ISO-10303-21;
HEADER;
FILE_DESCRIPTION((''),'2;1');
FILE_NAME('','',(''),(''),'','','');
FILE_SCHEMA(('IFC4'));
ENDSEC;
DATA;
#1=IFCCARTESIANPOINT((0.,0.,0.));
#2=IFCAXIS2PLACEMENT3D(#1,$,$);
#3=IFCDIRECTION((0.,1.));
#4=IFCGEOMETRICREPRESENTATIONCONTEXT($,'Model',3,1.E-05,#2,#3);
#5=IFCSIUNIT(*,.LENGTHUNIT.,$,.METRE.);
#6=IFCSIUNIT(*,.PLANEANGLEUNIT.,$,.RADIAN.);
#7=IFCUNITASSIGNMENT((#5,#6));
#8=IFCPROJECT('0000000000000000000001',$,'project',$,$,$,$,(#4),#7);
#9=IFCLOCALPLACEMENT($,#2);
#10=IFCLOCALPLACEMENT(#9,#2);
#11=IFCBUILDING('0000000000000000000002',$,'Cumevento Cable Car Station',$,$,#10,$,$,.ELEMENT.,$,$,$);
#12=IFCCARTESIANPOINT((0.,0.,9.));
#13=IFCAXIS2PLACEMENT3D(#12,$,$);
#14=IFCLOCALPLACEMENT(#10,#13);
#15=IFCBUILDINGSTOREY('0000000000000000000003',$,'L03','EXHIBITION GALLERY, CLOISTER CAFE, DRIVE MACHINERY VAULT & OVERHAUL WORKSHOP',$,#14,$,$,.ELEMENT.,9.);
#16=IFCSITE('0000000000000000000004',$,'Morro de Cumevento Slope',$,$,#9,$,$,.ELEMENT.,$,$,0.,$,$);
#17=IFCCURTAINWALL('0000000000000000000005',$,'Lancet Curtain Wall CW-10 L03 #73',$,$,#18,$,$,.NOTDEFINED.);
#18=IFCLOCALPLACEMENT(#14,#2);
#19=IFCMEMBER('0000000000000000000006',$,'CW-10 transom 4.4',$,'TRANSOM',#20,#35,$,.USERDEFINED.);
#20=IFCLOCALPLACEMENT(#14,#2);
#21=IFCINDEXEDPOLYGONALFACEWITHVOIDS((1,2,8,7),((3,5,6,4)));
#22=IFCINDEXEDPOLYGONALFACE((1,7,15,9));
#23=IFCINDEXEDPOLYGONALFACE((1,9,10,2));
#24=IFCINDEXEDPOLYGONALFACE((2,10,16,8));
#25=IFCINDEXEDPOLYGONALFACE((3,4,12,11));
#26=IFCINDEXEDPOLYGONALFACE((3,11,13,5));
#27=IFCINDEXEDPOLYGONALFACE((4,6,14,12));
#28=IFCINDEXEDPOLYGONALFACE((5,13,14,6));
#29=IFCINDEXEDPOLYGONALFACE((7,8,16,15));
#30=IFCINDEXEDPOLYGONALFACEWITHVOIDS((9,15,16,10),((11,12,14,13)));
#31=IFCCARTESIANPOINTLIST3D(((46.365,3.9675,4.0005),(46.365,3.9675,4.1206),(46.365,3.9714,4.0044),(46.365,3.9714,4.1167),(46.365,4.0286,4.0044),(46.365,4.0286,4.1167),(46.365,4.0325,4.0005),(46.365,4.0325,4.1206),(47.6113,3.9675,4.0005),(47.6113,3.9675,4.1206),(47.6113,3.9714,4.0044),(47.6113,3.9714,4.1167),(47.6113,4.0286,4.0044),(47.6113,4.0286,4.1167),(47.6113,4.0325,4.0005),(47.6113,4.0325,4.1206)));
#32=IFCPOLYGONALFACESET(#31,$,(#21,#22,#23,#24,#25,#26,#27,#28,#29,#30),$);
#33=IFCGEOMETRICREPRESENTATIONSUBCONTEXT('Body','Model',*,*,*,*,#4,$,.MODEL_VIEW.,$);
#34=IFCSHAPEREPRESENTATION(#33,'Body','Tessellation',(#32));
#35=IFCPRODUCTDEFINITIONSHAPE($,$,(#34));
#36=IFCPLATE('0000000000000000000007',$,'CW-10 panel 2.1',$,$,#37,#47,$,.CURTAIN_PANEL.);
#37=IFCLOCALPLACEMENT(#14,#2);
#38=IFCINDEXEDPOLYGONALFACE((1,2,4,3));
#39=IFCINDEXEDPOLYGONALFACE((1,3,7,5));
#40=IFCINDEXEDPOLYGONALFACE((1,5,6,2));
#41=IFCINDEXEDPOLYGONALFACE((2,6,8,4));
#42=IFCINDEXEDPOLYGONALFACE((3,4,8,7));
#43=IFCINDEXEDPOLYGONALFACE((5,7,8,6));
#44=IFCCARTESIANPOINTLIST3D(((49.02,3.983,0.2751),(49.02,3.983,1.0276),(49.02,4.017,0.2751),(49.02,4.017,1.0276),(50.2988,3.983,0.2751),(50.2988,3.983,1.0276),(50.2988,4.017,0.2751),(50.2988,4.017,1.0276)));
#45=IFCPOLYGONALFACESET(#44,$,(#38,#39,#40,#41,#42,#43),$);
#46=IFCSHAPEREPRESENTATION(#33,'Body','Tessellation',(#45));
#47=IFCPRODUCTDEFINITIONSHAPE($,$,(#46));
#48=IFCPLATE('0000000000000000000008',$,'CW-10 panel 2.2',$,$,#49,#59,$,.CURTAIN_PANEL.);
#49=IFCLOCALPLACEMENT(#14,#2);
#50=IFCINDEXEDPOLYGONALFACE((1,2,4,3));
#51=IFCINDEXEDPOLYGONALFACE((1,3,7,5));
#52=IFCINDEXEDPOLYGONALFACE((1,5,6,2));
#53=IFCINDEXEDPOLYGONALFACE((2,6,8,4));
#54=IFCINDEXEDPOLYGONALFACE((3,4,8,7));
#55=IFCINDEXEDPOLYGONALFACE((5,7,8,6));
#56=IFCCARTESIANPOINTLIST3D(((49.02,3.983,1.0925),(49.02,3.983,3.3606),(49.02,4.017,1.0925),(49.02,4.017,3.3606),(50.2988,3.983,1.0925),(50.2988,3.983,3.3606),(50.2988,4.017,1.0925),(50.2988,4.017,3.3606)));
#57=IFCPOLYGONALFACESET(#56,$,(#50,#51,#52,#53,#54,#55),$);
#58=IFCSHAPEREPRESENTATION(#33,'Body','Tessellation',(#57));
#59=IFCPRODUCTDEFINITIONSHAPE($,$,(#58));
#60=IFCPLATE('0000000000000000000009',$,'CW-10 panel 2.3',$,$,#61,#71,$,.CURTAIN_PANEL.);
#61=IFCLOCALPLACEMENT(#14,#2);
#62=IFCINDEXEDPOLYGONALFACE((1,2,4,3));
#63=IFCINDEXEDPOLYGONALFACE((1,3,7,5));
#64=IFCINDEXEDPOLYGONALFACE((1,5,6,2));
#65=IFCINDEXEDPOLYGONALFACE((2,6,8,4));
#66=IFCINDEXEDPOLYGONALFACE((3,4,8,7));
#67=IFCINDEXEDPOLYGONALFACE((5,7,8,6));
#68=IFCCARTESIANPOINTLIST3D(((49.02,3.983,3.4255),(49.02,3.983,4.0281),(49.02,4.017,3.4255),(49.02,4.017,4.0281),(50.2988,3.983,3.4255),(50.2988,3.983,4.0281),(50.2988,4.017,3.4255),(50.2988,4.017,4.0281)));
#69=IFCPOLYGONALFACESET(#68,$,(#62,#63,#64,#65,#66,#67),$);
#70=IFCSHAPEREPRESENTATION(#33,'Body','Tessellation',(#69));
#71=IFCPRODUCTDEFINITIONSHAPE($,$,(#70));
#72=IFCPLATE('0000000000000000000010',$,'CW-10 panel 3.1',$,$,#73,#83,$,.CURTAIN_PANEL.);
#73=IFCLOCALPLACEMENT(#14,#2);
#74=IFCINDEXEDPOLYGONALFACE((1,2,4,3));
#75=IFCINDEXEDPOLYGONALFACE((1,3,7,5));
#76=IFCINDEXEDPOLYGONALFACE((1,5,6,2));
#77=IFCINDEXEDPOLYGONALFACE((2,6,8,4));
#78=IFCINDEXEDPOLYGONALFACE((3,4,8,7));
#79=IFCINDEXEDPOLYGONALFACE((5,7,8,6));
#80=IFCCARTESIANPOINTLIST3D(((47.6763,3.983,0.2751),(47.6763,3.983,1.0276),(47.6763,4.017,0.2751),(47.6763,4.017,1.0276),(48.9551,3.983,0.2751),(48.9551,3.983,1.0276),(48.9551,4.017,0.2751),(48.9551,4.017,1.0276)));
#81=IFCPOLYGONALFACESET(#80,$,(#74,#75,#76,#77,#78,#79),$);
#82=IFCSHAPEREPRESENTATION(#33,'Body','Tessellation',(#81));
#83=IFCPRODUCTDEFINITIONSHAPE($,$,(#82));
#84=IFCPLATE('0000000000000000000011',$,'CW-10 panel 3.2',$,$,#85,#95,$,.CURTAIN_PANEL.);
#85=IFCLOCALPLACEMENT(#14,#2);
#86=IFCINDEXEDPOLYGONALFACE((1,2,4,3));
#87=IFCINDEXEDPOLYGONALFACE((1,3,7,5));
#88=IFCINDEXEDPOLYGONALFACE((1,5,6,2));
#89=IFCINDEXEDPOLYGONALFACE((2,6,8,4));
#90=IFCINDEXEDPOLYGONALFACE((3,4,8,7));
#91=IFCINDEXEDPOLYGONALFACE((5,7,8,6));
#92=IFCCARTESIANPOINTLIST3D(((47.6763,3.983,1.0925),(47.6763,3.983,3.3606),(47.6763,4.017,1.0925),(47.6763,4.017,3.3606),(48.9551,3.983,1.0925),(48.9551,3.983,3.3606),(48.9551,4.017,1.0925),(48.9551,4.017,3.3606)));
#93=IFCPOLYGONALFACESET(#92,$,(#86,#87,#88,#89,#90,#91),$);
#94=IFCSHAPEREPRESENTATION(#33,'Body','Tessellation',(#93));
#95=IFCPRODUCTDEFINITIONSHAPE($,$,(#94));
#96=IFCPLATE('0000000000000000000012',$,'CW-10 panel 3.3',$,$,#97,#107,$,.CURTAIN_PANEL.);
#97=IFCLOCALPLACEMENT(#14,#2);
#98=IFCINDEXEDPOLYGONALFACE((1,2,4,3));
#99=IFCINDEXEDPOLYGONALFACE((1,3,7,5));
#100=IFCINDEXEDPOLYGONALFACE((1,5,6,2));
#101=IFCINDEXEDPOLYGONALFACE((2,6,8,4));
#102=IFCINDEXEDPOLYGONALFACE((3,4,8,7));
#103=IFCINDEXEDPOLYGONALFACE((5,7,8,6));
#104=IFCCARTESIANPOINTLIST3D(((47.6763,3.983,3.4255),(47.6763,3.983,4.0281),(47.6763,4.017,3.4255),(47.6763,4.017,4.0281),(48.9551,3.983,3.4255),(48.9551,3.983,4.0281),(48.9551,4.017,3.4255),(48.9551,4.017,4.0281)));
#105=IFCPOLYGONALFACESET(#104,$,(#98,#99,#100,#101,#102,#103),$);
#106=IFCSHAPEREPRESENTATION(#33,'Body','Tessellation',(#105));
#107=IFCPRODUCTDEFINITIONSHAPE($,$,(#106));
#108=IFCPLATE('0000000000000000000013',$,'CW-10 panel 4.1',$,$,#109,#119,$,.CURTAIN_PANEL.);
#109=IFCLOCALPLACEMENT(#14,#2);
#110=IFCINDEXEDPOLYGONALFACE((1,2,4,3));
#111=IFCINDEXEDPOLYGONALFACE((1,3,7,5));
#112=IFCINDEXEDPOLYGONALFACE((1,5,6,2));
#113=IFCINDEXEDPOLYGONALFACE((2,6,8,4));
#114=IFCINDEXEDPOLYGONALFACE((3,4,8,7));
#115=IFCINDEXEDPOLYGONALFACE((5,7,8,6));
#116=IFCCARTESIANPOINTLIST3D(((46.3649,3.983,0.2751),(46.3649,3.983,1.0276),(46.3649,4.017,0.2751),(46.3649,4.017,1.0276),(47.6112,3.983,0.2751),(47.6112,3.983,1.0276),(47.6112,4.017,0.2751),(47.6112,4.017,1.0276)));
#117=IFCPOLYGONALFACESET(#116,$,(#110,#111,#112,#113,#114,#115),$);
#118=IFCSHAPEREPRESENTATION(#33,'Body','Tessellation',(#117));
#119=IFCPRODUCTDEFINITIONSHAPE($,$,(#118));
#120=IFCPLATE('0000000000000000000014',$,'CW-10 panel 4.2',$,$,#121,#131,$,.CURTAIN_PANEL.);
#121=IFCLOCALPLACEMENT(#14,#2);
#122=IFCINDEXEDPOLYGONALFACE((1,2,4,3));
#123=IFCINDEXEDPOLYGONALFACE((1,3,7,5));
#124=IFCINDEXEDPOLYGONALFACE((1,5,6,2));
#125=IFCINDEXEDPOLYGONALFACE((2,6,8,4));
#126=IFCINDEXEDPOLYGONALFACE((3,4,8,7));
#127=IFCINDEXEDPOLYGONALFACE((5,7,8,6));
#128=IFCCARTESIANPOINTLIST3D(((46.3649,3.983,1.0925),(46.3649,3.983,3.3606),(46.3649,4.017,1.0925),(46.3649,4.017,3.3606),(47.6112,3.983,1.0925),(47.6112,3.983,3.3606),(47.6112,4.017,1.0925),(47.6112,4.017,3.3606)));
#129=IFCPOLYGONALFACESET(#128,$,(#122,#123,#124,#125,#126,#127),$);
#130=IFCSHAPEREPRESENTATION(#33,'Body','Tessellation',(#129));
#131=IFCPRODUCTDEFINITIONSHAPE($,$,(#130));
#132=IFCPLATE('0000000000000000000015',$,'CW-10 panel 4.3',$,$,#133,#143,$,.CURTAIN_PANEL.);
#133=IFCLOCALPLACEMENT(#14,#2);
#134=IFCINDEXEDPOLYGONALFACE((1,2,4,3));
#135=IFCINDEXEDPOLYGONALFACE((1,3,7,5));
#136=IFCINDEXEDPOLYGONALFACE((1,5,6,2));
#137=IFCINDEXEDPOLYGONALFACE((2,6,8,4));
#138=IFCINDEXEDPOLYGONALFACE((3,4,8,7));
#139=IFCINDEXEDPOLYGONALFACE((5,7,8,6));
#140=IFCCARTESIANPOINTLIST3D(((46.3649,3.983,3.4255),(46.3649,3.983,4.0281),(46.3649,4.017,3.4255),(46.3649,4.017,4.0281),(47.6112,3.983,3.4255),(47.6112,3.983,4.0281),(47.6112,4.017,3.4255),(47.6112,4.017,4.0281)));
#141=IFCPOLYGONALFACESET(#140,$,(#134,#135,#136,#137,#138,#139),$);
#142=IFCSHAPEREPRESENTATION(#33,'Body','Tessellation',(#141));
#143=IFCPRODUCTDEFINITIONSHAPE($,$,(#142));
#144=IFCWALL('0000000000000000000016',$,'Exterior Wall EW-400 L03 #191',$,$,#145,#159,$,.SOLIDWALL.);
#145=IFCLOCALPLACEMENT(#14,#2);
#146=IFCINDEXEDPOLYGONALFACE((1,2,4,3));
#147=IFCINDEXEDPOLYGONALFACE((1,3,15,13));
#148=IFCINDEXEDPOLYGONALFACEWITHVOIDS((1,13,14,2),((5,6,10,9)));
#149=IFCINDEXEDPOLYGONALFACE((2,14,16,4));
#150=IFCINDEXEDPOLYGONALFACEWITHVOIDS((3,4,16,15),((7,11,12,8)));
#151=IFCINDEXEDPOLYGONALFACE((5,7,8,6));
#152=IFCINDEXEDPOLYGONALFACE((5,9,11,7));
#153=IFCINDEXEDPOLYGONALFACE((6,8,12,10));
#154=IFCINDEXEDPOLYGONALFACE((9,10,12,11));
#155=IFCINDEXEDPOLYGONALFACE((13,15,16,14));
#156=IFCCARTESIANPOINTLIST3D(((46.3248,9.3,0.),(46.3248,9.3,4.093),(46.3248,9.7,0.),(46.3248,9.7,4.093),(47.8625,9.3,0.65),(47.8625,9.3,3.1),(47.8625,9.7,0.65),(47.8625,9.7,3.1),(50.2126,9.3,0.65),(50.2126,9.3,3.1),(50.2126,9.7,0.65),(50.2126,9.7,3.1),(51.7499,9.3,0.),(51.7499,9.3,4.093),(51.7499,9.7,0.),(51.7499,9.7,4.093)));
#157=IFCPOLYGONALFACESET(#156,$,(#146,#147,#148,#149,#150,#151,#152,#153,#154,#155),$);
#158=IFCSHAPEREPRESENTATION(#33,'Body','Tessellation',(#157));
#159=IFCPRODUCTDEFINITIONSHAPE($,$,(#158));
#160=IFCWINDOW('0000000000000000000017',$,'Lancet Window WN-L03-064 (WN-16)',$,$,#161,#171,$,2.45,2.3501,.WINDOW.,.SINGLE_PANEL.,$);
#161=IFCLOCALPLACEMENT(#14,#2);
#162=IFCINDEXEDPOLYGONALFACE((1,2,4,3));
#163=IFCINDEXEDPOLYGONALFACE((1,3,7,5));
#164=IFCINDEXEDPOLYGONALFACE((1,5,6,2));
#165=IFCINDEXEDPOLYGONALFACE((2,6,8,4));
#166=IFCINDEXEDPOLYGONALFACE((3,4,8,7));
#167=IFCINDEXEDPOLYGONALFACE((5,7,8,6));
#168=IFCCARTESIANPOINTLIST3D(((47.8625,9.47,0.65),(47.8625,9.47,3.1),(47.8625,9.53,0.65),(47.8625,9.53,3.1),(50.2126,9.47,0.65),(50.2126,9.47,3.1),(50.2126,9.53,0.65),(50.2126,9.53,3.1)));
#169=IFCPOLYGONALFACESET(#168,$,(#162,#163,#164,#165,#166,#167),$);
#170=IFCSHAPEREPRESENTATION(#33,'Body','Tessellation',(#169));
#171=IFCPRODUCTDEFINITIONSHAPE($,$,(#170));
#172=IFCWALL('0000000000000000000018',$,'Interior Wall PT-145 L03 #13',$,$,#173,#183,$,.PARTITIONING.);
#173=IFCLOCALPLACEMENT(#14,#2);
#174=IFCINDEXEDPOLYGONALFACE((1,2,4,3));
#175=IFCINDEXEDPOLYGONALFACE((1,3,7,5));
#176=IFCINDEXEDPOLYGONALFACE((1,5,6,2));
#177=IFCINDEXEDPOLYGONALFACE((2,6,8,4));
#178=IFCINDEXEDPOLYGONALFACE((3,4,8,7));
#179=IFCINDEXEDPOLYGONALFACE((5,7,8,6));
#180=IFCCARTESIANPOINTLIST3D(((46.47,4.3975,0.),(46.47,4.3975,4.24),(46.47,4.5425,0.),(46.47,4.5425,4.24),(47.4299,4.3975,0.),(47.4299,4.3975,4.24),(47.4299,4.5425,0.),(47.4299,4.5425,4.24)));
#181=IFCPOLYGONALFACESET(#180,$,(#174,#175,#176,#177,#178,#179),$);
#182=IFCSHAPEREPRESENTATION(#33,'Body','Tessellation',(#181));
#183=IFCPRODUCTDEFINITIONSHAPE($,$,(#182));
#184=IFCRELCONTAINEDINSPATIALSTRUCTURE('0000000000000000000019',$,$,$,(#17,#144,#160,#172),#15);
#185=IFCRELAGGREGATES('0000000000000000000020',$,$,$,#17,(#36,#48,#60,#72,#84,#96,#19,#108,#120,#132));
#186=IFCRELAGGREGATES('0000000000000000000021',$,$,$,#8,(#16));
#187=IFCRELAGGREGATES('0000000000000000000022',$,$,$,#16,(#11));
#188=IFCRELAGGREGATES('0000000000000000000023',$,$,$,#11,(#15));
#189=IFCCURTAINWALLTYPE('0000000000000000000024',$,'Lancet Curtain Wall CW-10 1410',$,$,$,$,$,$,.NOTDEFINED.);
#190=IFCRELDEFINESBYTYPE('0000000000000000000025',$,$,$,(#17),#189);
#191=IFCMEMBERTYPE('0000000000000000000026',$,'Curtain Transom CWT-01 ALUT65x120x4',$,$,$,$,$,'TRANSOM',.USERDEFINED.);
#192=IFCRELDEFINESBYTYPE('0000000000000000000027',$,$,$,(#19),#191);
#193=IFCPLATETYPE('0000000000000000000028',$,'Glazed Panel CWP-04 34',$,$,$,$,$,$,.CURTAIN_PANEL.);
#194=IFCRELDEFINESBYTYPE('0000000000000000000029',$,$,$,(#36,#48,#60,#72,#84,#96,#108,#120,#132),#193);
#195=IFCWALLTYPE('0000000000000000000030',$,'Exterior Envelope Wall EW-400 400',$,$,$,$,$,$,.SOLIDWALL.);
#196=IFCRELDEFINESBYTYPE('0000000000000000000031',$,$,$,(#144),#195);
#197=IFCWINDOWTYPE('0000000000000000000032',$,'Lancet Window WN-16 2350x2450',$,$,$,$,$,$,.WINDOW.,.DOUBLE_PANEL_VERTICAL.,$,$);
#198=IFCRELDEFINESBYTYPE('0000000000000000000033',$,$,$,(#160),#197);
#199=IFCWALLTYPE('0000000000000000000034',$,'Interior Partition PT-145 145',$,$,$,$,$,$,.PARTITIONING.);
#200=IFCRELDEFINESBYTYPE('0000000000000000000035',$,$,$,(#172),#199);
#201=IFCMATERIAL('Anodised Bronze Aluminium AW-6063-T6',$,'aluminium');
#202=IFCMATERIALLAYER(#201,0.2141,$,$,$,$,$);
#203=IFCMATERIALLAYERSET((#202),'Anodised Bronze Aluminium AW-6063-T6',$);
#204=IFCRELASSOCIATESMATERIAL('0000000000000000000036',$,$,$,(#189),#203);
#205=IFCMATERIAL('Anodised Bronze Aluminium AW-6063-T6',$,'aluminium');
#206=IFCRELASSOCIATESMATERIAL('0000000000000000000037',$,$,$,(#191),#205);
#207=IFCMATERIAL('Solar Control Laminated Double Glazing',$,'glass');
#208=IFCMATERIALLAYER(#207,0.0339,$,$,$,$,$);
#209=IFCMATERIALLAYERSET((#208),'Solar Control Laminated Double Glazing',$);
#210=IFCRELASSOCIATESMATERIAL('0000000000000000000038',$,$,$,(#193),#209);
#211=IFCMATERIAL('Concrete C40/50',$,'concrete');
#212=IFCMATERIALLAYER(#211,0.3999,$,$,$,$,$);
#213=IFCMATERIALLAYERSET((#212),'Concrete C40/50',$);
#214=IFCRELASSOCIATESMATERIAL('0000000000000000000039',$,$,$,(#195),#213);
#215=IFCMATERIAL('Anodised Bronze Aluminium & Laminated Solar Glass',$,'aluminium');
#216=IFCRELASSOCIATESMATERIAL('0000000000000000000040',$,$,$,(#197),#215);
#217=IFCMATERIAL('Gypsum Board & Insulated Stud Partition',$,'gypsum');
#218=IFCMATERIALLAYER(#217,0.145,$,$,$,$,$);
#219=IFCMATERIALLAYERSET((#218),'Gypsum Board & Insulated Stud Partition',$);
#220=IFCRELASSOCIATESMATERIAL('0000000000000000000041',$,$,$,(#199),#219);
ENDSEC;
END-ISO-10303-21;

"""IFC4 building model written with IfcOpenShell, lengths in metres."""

from ifc_helpers import new_model, si_unit, direction, frame, frame_2d, origin, origin_2d, place, context, subcontext, project, spatial, rectangle, hollow_rectangle, extrude, material, layer, layer_set, material_profile, profile_set, type_object, element, fill, aggregate, save


model = new_model("IFC4")

# Units and contexts
model_context = context("Model", 3, precision=1e-05, world=origin(), true_north=direction((0.0, 1.0)))
body_context = subcontext(model_context, "Body", "Model", "MODEL_VIEW")
ifc_project = project(units=[si_unit("LENGTHUNIT", "METRE"), si_unit("PLANEANGLEUNIT", "RADIAN")], contexts=[model_context])

# Site, building, storey
site_placement = place(None, origin())
site = spatial("IfcSite", under=ifc_project, at=site_placement, Name="Morro de Cumevento Slope", CompositionType="ELEMENT", RefElevation=0.0)
building_placement = place(site_placement, origin())
building = spatial("IfcBuilding", under=site, at=building_placement, Name="Cumevento Cable Car Station", CompositionType="ELEMENT")
storey_placement = place(building_placement, frame((0.0, 0.0, 9.0)))
storey = spatial("IfcBuildingStorey", under=building, at=storey_placement, Name="L03", Description="EXHIBITION GALLERY, CLOISTER CAFE, DRIVE MACHINERY VAULT & OVERHAUL WORKSHOP", CompositionType="ELEMENT", Elevation=9.0)

# Curtain wall, member, plates
ifc_material_1 = material(Name="Anodised Bronze Aluminium AW-6063-T6", Category="aluminium")
ifc_layer_1 = layer(ifc_material_1, 0.2141)
ifc_layer_set_1 = layer_set([ifc_layer_1], Name="Anodised Bronze Aluminium AW-6063-T6")
curtain_wall_type = type_object("IfcCurtainWallType", Name="Lancet Curtain Wall CW-10 1410", PredefinedType="NOTDEFINED", material=ifc_layer_set_1)
curtain_wall_placement = place(storey_placement, origin())
curtain_wall = element("IfcCurtainWall", 1, at=curtain_wall_placement, inside=storey, type_object=curtain_wall_type, Name="Lancet Curtain Wall CW-10 L03 #73", PredefinedType="NOTDEFINED")
ifc_material_2 = material(Name="Anodised Bronze Aluminium AW-6063-T6", Category="aluminium")
ifc_material_profile_1 = material_profile(ifc_material_2, hollow_rectangle(XDim=0.0649, YDim=0.1201, WallThickness=0.0039, at=origin_2d()), Name="ALUT65x120x4")
ifc_profile_set_1 = profile_set([ifc_material_profile_1], Name="Anodised Bronze Aluminium AW-6063-T6")
member_type_1 = type_object("IfcMemberType", Name="Curtain Transom CWT-01 ALUT65x120x4", ElementType="TRANSOM", PredefinedType="USERDEFINED", material=ifc_profile_set_1)
member_1_placement = place(storey_placement, frame((47.6113, 4.0, 4.0605), z_axis=(-1.0, 0.0, 0.0), x_axis=(0.0, -1.0, 0.0)))
member_1 = element("IfcMember", 2, at=member_1_placement, type_object=member_type_1, Name="CW-10 transom 4.4", ObjectType="TRANSOM", PredefinedType="USERDEFINED", context=body_context, shape_type="SweptSolid", body=[
    extrude(hollow_rectangle(XDim=0.0649, YDim=0.1201, WallThickness=0.0039, at=origin_2d()), origin(), (0.0, 0.0, 1.0), 1.2463),
])
ifc_material_3 = material(Name="Solar Control Laminated Double Glazing", Category="glass")
ifc_layer_2 = layer(ifc_material_3, 0.0339)
ifc_layer_set_2 = layer_set([ifc_layer_2], Name="Solar Control Laminated Double Glazing")
plate_type = type_object("IfcPlateType", Name="Glazed Panel CWP-04 34", PredefinedType="CURTAIN_PANEL", material=ifc_layer_set_2)
plate_1_placement = place(storey_placement, frame((49.6594, 4.0, 0.2751), z_axis=(0.0, 0.0, 1.0), x_axis=(-1.0, 0.0, 0.0)))
plate_1 = element("IfcPlate", 3, at=plate_1_placement, type_object=plate_type, Name="CW-10 panel 2.1", PredefinedType="CURTAIN_PANEL", context=body_context, shape_type="SweptSolid", body=[
    extrude(rectangle(XDim=1.2788, YDim=0.0339, at=origin_2d()), origin(), (0.0, 0.0, 1.0), 0.7524),
])
plate_2_placement = place(storey_placement, frame((49.6594, 4.0, 1.0925), z_axis=(0.0, 0.0, 1.0), x_axis=(-1.0, 0.0, 0.0)))
plate_2 = element("IfcPlate", 4, at=plate_2_placement, type_object=plate_type, Name="CW-10 panel 2.2", PredefinedType="CURTAIN_PANEL", context=body_context, shape_type="SweptSolid", body=[
    extrude(rectangle(XDim=1.2788, YDim=0.0339, at=origin_2d()), origin(), (0.0, 0.0, 1.0), 2.2681),
])
plate_3_placement = place(storey_placement, frame((49.6594, 4.0, 3.4255), z_axis=(0.0, 0.0, 1.0), x_axis=(-1.0, 0.0, 0.0)))
plate_3 = element("IfcPlate", 5, at=plate_3_placement, type_object=plate_type, Name="CW-10 panel 2.3", PredefinedType="CURTAIN_PANEL", context=body_context, shape_type="SweptSolid", body=[
    extrude(rectangle(XDim=1.2788, YDim=0.0339, at=origin_2d()), origin(), (0.0, 0.0, 1.0), 0.6025),
])
plate_4_placement = place(storey_placement, frame((48.3157, 4.0, 0.2751), z_axis=(0.0, 0.0, 1.0), x_axis=(-1.0, 0.0, 0.0)))
plate_4 = element("IfcPlate", 6, at=plate_4_placement, type_object=plate_type, Name="CW-10 panel 3.1", PredefinedType="CURTAIN_PANEL", context=body_context, shape_type="SweptSolid", body=[
    extrude(rectangle(XDim=1.2788, YDim=0.0339, at=origin_2d()), origin(), (0.0, 0.0, 1.0), 0.7524),
])
plate_5_placement = place(storey_placement, frame((48.3157, 4.0, 1.0925), z_axis=(0.0, 0.0, 1.0), x_axis=(-1.0, 0.0, 0.0)))
plate_5 = element("IfcPlate", 7, at=plate_5_placement, type_object=plate_type, Name="CW-10 panel 3.2", PredefinedType="CURTAIN_PANEL", context=body_context, shape_type="SweptSolid", body=[
    extrude(rectangle(XDim=1.2788, YDim=0.0339, at=origin_2d()), origin(), (0.0, 0.0, 1.0), 2.2681),
])
plate_6_placement = place(storey_placement, frame((48.3157, 4.0, 3.4255), z_axis=(0.0, 0.0, 1.0), x_axis=(-1.0, 0.0, 0.0)))
plate_6 = element("IfcPlate", 8, at=plate_6_placement, type_object=plate_type, Name="CW-10 panel 3.3", PredefinedType="CURTAIN_PANEL", context=body_context, shape_type="SweptSolid", body=[
    extrude(rectangle(XDim=1.2788, YDim=0.0339, at=origin_2d()), origin(), (0.0, 0.0, 1.0), 0.6025),
])
plate_7_placement = place(storey_placement, frame((46.988, 4.0, 0.2751), z_axis=(0.0, 0.0, 1.0), x_axis=(-1.0, 0.0, 0.0)))
plate_7 = element("IfcPlate", 9, at=plate_7_placement, type_object=plate_type, Name="CW-10 panel 4.1", PredefinedType="CURTAIN_PANEL", context=body_context, shape_type="SweptSolid", body=[
    extrude(rectangle(XDim=1.2463, YDim=0.0339, at=origin_2d()), origin(), (0.0, 0.0, 1.0), 0.7524),
])
plate_8_placement = place(storey_placement, frame((46.988, 4.0, 1.0925), z_axis=(0.0, 0.0, 1.0), x_axis=(-1.0, 0.0, 0.0)))
plate_8 = element("IfcPlate", 10, at=plate_8_placement, type_object=plate_type, Name="CW-10 panel 4.2", PredefinedType="CURTAIN_PANEL", context=body_context, shape_type="SweptSolid", body=[
    extrude(rectangle(XDim=1.2463, YDim=0.0339, at=origin_2d()), origin(), (0.0, 0.0, 1.0), 2.2681),
])
plate_9_placement = place(storey_placement, frame((46.988, 4.0, 3.4255), z_axis=(0.0, 0.0, 1.0), x_axis=(-1.0, 0.0, 0.0)))
plate_9 = element("IfcPlate", 11, at=plate_9_placement, type_object=plate_type, Name="CW-10 panel 4.3", PredefinedType="CURTAIN_PANEL", context=body_context, shape_type="SweptSolid", body=[
    extrude(rectangle(XDim=1.2463, YDim=0.0339, at=origin_2d()), origin(), (0.0, 0.0, 1.0), 0.6025),
])
aggregate(curtain_wall, [plate_1, plate_2, plate_3, plate_4, plate_5, plate_6, member_1, plate_7, plate_8, plate_9])

# Wall, opening, window
ifc_material_4 = material(Name="Concrete C40/50", Category="concrete")
ifc_layer_3 = layer(ifc_material_4, 0.3999)
ifc_layer_set_3 = layer_set([ifc_layer_3], Name="Concrete C40/50")
wall_type_1 = type_object("IfcWallType", Name="Exterior Envelope Wall EW-400 400", PredefinedType="SOLIDWALL", material=ifc_layer_set_3)
wall_placement = place(storey_placement, frame((46.325, 9.5, 0.0), z_axis=(0.0, 0.0, 1.0), x_axis=(1.0, 0.0, 0.0)))
wall = element("IfcWall", 12, at=wall_placement, inside=storey, type_object=wall_type_1, Name="Exterior Wall EW-400 L03 #191", PredefinedType="SOLIDWALL", context=body_context, shape_type="SweptSolid", body=[
    extrude(rectangle(XDim=5.425, YDim=0.3999, at=frame_2d((2.7124, 0.0))), origin(), (0.0, 0.0, 1.0), 4.093),
])
opening_placement = place(wall_placement, frame((1.5376, 0.0, 0.6499)))
opening = element("IfcOpeningElement", 13, at=opening_placement, cuts=wall, PredefinedType="OPENING", context=body_context, shape_type="SweptSolid", body=[
    extrude(rectangle(XDim=2.3501, YDim=2.45, at=frame_2d((1.175, 1.2251))), frame((0.0, 0.21, 0.0), z_axis=(0.0, -1.0, 0.0), x_axis=(1.0, 0.0, 0.0)), (0.0, 0.0, 1.0), 0.4199),
])
ifc_material_5 = material(Name="Anodised Bronze Aluminium & Laminated Solar Glass", Category="aluminium")
window_type = type_object("IfcWindowType", Name="Lancet Window WN-16 2350x2450", PartitioningType="DOUBLE_PANEL_VERTICAL", PredefinedType="WINDOW", material=ifc_material_5)
window_placement = place(opening_placement, origin())
window = element("IfcWindow", 14, at=window_placement, inside=storey, type_object=window_type, Name="Lancet Window WN-L03-064 (WN-16)", OverallHeight=2.45, OverallWidth=2.3501, PartitioningType="SINGLE_PANEL", PredefinedType="WINDOW", context=body_context, shape_type="SweptSolid", body=[
    extrude(rectangle(XDim=2.3501, YDim=2.45, at=frame_2d((1.175, 1.2251))), frame((0.0, 0.03, 0.0), z_axis=(0.0, -1.0, 0.0), x_axis=(1.0, 0.0, 0.0)), (0.0, 0.0, 1.0), 0.0601),
])
fill(opening, window)

# Wall
ifc_material_6 = material(Name="Gypsum Board & Insulated Stud Partition", Category="gypsum")
ifc_layer_4 = layer(ifc_material_6, 0.145)
ifc_layer_set_4 = layer_set([ifc_layer_4], Name="Gypsum Board & Insulated Stud Partition")
wall_type_2 = type_object("IfcWallType", Name="Interior Partition PT-145 145", PredefinedType="PARTITIONING", material=ifc_layer_set_4)
for number, where, z_axis, x_axis, name in (
    (15, (46.47, 4.47, 0.0), (0.0, 0.0, 1.0), (1.0, 0.0, 0.0), "Interior Wall PT-145 L03 #13"),
):
    element("IfcWall", number, at=place(storey_placement, frame(where, z_axis=z_axis, x_axis=x_axis)), inside=storey, type_object=wall_type_2, Name=name, PredefinedType="PARTITIONING", context=body_context, shape_type="SweptSolid", body=[
        extrude(rectangle(XDim=0.96, YDim=0.145, at=frame_2d((0.48, 0.0))), origin(), (0.0, 0.0, 1.0), 4.24),
    ])

save(model, "model.ifc")
